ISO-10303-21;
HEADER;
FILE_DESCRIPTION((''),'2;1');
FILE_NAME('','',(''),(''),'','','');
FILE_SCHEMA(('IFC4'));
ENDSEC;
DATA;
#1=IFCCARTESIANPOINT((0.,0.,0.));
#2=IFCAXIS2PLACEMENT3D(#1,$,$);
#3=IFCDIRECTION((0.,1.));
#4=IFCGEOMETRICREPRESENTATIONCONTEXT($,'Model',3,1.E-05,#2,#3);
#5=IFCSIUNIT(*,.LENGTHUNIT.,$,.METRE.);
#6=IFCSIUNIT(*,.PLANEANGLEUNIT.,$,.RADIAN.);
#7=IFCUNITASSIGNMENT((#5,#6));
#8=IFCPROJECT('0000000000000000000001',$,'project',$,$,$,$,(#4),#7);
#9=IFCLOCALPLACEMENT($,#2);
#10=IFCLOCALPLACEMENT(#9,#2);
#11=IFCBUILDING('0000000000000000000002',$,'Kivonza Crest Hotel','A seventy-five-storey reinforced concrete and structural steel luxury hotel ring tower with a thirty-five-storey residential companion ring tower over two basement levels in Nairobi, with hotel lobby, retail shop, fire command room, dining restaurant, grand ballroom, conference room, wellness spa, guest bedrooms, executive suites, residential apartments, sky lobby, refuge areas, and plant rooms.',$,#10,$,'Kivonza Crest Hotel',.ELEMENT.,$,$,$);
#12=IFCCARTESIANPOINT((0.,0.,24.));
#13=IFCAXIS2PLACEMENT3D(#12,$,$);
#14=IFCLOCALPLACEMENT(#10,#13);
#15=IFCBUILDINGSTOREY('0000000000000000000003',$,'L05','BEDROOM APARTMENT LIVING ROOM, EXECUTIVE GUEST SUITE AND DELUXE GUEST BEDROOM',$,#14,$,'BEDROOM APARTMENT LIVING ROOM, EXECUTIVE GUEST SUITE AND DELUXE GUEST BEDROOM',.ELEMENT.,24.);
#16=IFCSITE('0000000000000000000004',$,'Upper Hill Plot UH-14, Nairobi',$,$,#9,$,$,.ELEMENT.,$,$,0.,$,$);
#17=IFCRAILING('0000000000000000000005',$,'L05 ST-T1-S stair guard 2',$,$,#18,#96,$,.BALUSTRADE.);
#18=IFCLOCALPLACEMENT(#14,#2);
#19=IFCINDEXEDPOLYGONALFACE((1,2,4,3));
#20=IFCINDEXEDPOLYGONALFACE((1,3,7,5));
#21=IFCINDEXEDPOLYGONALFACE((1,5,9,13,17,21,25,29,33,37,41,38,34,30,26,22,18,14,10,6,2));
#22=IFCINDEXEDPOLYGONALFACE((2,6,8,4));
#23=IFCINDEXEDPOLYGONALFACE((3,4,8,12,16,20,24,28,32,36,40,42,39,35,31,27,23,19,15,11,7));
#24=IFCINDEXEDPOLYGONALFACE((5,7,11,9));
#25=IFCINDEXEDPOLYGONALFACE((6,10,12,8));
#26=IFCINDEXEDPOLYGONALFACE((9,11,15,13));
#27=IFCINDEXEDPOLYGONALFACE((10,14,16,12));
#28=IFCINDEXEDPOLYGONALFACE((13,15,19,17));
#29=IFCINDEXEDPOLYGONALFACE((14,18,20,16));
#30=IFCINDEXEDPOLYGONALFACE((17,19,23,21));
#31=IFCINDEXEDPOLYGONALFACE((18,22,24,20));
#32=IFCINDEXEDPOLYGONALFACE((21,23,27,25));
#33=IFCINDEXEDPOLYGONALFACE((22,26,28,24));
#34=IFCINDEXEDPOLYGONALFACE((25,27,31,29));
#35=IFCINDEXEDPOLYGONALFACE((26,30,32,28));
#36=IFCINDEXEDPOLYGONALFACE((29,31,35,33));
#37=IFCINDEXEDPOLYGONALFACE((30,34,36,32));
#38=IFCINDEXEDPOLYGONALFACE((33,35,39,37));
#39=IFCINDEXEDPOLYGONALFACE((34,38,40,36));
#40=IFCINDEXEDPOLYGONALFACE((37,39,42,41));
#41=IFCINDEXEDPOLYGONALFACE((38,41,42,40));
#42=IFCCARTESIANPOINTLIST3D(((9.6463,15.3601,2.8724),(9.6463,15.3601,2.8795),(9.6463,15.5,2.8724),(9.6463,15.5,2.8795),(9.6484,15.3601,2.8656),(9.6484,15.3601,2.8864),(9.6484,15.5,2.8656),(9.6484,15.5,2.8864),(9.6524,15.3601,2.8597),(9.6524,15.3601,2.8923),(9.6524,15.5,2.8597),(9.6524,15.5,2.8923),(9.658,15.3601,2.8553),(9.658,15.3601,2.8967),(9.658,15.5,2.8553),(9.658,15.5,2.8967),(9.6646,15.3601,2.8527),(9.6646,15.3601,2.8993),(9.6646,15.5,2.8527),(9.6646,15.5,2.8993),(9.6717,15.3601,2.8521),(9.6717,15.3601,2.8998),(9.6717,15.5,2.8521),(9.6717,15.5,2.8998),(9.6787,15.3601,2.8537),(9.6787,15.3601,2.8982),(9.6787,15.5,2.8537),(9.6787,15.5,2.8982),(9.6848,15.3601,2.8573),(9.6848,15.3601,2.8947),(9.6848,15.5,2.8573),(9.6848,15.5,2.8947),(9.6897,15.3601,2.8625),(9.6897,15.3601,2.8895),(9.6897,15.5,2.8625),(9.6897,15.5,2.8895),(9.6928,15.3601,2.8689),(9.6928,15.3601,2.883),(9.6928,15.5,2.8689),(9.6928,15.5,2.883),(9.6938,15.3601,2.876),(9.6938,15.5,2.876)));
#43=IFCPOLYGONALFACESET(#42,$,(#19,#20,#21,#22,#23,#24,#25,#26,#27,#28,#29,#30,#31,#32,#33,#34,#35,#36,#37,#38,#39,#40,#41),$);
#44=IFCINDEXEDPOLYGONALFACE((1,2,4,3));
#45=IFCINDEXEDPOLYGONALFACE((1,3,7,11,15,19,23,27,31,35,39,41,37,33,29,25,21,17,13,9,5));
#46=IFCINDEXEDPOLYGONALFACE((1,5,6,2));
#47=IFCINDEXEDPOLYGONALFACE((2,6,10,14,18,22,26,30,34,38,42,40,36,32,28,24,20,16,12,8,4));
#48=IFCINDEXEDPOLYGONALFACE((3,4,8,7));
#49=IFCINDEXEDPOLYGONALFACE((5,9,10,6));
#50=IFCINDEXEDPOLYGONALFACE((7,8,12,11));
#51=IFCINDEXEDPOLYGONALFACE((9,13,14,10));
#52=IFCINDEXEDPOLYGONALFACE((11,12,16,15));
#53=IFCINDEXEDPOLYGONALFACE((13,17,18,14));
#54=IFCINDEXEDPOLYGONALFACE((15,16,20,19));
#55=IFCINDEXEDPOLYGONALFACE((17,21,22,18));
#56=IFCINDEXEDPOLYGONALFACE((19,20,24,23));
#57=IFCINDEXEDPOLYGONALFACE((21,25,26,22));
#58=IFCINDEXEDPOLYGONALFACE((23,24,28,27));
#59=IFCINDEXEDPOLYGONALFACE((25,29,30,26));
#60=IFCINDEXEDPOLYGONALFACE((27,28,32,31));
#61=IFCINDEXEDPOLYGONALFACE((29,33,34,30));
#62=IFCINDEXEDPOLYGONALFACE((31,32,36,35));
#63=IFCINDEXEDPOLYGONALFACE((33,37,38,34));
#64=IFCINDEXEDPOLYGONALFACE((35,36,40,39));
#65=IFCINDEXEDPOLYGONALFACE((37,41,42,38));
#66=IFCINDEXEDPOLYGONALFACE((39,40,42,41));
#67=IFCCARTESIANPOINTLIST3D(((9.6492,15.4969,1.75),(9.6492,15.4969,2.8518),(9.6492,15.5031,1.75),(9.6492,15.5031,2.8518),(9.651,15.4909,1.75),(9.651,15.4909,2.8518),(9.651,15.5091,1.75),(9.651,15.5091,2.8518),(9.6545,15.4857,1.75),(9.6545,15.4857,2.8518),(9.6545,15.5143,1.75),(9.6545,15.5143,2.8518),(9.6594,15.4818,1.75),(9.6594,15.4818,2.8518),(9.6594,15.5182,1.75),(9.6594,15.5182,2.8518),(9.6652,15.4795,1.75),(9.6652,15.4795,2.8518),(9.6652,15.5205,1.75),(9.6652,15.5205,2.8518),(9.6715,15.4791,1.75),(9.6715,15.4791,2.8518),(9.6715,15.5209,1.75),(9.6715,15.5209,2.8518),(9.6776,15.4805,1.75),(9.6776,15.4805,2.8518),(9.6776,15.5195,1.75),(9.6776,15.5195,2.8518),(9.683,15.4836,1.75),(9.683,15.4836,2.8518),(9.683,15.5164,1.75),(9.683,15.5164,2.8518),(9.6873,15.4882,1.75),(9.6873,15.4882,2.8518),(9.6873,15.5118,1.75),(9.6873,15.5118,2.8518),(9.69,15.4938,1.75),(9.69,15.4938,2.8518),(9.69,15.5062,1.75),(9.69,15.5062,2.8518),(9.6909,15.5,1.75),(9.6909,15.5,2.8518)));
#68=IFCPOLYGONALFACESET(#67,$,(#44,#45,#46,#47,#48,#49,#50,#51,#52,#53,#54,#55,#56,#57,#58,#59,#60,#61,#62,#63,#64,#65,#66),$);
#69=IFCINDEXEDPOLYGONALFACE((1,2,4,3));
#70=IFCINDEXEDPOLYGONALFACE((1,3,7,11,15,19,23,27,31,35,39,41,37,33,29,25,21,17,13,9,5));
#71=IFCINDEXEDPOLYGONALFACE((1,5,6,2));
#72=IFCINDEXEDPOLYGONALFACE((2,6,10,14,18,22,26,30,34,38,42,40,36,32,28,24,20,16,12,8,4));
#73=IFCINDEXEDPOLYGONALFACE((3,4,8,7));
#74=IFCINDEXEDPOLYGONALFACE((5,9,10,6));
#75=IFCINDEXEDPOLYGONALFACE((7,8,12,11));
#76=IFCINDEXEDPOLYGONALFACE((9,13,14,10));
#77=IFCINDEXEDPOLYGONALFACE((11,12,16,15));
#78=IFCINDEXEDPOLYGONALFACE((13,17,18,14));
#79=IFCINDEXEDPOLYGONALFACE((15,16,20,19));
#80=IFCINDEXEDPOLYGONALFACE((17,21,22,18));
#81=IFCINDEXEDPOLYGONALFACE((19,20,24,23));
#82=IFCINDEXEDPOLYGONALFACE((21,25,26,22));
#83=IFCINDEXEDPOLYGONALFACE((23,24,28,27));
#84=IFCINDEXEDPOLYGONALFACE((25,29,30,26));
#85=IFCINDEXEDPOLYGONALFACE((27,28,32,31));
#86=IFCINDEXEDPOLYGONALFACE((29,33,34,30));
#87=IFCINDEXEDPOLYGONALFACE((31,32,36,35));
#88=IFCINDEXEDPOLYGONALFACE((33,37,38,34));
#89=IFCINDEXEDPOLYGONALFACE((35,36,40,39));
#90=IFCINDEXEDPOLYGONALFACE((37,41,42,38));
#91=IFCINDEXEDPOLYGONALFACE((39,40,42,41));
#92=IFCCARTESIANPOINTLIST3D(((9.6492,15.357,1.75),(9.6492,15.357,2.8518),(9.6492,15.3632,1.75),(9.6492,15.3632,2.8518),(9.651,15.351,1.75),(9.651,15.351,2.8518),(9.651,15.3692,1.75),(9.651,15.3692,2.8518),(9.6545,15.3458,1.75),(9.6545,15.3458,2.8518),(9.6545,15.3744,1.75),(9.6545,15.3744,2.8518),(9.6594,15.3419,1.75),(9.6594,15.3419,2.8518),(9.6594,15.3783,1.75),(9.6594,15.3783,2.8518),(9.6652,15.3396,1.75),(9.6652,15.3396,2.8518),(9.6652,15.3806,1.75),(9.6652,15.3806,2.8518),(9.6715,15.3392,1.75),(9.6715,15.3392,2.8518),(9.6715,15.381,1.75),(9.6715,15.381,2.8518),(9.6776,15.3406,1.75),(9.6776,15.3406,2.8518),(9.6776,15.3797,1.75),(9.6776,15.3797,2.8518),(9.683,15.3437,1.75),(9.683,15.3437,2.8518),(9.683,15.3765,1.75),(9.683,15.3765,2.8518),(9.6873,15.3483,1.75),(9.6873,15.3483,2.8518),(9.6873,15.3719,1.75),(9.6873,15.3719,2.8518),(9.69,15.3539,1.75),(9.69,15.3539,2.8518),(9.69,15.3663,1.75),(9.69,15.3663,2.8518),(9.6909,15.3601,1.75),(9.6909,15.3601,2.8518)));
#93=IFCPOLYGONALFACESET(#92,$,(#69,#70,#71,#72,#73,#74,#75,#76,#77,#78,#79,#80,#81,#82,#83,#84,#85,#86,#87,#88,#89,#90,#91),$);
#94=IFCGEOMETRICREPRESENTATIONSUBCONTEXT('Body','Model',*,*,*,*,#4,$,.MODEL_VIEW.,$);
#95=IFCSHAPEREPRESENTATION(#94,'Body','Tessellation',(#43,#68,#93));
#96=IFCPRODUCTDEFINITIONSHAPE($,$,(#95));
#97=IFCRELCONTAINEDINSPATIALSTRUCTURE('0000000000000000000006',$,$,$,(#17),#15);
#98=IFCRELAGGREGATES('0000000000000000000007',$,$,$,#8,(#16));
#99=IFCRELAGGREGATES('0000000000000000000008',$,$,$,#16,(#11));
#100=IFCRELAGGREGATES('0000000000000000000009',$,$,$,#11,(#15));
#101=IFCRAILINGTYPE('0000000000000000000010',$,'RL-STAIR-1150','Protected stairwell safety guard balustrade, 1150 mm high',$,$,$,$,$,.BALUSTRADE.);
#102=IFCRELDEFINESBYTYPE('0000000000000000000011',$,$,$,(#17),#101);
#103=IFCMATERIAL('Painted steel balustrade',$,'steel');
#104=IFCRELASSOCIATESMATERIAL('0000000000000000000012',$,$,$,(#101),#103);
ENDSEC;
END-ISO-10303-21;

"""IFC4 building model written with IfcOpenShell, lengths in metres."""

from ifc_helpers import new_model, si_unit, direction, frame, origin, origin_2d, place, context, subcontext, project, spatial, circle, extrude, material, type_object, element, save


model = new_model("IFC4")

# Units and contexts
model_context = context("Model", 3, precision=1e-05, world=origin(), true_north=direction((0.0, 1.0)))
body_context = subcontext(model_context, "Body", "Model", "MODEL_VIEW")
ifc_project = project(units=[si_unit("LENGTHUNIT", "METRE"), si_unit("PLANEANGLEUNIT", "RADIAN")], contexts=[model_context])

# Site, building, storey
site_placement = place(None, origin())
site = spatial("IfcSite", under=ifc_project, at=site_placement, Name="Upper Hill Plot UH-14, Nairobi", CompositionType="ELEMENT", RefElevation=0.0)
building_placement = place(site_placement, origin())
building = spatial("IfcBuilding", under=site, at=building_placement, Name="Kivonza Crest Hotel", Description="A seventy-five-storey reinforced concrete and structural steel luxury hotel ring tower with a thirty-five-storey residential companion ring tower over two basement levels in Nairobi, with hotel lobby, retail shop, fire command room, dining restaurant, grand ballroom, conference room, wellness spa, guest bedrooms, executive suites, residential apartments, sky lobby, refuge areas, and plant rooms.", LongName="Kivonza Crest Hotel", CompositionType="ELEMENT")
storey_placement = place(building_placement, frame((0.0, 0.0, 24.0)))
storey = spatial("IfcBuildingStorey", under=building, at=storey_placement, Name="L05", Description="BEDROOM APARTMENT LIVING ROOM, EXECUTIVE GUEST SUITE AND DELUXE GUEST BEDROOM", LongName="BEDROOM APARTMENT LIVING ROOM, EXECUTIVE GUEST SUITE AND DELUXE GUEST BEDROOM", CompositionType="ELEMENT", Elevation=24.0)

# Railing
ifc_material_1 = material(Name="Painted steel balustrade", Category="steel")
railing_type_1 = type_object("IfcRailingType", Name="RL-STAIR-1150", Description="Protected stairwell safety guard balustrade, 1150 mm high", PredefinedType="BALUSTRADE", material=ifc_material_1)
railing_1_placement = place(storey_placement, frame((9.6699, 15.5, 1.75)))
element("IfcRailing", 1, at=railing_1_placement, inside=storey, type_object=railing_type_1, Name="L05 ST-T1-S stair guard 2", PredefinedType="BALUSTRADE", context=body_context, shape_type="SweptSolid", body=[
    extrude(circle(Radius=0.0239, at=origin_2d()), frame((0.0, 0.0, 1.126), z_axis=(0.0, -1.0, 0.0), x_axis=(1.0, 0.0, 0.0)), (0.0, 0.0, 1.0), 0.1399),
    extrude(circle(Radius=0.021, at=origin_2d()), origin(), (0.0, 0.0, 1.0), 1.1018),
    extrude(circle(Radius=0.021, at=origin_2d()), frame((0.0, -0.1399, 0.0)), (0.0, 0.0, 1.0), 1.1018),
])

save(model, "model.ifc")
